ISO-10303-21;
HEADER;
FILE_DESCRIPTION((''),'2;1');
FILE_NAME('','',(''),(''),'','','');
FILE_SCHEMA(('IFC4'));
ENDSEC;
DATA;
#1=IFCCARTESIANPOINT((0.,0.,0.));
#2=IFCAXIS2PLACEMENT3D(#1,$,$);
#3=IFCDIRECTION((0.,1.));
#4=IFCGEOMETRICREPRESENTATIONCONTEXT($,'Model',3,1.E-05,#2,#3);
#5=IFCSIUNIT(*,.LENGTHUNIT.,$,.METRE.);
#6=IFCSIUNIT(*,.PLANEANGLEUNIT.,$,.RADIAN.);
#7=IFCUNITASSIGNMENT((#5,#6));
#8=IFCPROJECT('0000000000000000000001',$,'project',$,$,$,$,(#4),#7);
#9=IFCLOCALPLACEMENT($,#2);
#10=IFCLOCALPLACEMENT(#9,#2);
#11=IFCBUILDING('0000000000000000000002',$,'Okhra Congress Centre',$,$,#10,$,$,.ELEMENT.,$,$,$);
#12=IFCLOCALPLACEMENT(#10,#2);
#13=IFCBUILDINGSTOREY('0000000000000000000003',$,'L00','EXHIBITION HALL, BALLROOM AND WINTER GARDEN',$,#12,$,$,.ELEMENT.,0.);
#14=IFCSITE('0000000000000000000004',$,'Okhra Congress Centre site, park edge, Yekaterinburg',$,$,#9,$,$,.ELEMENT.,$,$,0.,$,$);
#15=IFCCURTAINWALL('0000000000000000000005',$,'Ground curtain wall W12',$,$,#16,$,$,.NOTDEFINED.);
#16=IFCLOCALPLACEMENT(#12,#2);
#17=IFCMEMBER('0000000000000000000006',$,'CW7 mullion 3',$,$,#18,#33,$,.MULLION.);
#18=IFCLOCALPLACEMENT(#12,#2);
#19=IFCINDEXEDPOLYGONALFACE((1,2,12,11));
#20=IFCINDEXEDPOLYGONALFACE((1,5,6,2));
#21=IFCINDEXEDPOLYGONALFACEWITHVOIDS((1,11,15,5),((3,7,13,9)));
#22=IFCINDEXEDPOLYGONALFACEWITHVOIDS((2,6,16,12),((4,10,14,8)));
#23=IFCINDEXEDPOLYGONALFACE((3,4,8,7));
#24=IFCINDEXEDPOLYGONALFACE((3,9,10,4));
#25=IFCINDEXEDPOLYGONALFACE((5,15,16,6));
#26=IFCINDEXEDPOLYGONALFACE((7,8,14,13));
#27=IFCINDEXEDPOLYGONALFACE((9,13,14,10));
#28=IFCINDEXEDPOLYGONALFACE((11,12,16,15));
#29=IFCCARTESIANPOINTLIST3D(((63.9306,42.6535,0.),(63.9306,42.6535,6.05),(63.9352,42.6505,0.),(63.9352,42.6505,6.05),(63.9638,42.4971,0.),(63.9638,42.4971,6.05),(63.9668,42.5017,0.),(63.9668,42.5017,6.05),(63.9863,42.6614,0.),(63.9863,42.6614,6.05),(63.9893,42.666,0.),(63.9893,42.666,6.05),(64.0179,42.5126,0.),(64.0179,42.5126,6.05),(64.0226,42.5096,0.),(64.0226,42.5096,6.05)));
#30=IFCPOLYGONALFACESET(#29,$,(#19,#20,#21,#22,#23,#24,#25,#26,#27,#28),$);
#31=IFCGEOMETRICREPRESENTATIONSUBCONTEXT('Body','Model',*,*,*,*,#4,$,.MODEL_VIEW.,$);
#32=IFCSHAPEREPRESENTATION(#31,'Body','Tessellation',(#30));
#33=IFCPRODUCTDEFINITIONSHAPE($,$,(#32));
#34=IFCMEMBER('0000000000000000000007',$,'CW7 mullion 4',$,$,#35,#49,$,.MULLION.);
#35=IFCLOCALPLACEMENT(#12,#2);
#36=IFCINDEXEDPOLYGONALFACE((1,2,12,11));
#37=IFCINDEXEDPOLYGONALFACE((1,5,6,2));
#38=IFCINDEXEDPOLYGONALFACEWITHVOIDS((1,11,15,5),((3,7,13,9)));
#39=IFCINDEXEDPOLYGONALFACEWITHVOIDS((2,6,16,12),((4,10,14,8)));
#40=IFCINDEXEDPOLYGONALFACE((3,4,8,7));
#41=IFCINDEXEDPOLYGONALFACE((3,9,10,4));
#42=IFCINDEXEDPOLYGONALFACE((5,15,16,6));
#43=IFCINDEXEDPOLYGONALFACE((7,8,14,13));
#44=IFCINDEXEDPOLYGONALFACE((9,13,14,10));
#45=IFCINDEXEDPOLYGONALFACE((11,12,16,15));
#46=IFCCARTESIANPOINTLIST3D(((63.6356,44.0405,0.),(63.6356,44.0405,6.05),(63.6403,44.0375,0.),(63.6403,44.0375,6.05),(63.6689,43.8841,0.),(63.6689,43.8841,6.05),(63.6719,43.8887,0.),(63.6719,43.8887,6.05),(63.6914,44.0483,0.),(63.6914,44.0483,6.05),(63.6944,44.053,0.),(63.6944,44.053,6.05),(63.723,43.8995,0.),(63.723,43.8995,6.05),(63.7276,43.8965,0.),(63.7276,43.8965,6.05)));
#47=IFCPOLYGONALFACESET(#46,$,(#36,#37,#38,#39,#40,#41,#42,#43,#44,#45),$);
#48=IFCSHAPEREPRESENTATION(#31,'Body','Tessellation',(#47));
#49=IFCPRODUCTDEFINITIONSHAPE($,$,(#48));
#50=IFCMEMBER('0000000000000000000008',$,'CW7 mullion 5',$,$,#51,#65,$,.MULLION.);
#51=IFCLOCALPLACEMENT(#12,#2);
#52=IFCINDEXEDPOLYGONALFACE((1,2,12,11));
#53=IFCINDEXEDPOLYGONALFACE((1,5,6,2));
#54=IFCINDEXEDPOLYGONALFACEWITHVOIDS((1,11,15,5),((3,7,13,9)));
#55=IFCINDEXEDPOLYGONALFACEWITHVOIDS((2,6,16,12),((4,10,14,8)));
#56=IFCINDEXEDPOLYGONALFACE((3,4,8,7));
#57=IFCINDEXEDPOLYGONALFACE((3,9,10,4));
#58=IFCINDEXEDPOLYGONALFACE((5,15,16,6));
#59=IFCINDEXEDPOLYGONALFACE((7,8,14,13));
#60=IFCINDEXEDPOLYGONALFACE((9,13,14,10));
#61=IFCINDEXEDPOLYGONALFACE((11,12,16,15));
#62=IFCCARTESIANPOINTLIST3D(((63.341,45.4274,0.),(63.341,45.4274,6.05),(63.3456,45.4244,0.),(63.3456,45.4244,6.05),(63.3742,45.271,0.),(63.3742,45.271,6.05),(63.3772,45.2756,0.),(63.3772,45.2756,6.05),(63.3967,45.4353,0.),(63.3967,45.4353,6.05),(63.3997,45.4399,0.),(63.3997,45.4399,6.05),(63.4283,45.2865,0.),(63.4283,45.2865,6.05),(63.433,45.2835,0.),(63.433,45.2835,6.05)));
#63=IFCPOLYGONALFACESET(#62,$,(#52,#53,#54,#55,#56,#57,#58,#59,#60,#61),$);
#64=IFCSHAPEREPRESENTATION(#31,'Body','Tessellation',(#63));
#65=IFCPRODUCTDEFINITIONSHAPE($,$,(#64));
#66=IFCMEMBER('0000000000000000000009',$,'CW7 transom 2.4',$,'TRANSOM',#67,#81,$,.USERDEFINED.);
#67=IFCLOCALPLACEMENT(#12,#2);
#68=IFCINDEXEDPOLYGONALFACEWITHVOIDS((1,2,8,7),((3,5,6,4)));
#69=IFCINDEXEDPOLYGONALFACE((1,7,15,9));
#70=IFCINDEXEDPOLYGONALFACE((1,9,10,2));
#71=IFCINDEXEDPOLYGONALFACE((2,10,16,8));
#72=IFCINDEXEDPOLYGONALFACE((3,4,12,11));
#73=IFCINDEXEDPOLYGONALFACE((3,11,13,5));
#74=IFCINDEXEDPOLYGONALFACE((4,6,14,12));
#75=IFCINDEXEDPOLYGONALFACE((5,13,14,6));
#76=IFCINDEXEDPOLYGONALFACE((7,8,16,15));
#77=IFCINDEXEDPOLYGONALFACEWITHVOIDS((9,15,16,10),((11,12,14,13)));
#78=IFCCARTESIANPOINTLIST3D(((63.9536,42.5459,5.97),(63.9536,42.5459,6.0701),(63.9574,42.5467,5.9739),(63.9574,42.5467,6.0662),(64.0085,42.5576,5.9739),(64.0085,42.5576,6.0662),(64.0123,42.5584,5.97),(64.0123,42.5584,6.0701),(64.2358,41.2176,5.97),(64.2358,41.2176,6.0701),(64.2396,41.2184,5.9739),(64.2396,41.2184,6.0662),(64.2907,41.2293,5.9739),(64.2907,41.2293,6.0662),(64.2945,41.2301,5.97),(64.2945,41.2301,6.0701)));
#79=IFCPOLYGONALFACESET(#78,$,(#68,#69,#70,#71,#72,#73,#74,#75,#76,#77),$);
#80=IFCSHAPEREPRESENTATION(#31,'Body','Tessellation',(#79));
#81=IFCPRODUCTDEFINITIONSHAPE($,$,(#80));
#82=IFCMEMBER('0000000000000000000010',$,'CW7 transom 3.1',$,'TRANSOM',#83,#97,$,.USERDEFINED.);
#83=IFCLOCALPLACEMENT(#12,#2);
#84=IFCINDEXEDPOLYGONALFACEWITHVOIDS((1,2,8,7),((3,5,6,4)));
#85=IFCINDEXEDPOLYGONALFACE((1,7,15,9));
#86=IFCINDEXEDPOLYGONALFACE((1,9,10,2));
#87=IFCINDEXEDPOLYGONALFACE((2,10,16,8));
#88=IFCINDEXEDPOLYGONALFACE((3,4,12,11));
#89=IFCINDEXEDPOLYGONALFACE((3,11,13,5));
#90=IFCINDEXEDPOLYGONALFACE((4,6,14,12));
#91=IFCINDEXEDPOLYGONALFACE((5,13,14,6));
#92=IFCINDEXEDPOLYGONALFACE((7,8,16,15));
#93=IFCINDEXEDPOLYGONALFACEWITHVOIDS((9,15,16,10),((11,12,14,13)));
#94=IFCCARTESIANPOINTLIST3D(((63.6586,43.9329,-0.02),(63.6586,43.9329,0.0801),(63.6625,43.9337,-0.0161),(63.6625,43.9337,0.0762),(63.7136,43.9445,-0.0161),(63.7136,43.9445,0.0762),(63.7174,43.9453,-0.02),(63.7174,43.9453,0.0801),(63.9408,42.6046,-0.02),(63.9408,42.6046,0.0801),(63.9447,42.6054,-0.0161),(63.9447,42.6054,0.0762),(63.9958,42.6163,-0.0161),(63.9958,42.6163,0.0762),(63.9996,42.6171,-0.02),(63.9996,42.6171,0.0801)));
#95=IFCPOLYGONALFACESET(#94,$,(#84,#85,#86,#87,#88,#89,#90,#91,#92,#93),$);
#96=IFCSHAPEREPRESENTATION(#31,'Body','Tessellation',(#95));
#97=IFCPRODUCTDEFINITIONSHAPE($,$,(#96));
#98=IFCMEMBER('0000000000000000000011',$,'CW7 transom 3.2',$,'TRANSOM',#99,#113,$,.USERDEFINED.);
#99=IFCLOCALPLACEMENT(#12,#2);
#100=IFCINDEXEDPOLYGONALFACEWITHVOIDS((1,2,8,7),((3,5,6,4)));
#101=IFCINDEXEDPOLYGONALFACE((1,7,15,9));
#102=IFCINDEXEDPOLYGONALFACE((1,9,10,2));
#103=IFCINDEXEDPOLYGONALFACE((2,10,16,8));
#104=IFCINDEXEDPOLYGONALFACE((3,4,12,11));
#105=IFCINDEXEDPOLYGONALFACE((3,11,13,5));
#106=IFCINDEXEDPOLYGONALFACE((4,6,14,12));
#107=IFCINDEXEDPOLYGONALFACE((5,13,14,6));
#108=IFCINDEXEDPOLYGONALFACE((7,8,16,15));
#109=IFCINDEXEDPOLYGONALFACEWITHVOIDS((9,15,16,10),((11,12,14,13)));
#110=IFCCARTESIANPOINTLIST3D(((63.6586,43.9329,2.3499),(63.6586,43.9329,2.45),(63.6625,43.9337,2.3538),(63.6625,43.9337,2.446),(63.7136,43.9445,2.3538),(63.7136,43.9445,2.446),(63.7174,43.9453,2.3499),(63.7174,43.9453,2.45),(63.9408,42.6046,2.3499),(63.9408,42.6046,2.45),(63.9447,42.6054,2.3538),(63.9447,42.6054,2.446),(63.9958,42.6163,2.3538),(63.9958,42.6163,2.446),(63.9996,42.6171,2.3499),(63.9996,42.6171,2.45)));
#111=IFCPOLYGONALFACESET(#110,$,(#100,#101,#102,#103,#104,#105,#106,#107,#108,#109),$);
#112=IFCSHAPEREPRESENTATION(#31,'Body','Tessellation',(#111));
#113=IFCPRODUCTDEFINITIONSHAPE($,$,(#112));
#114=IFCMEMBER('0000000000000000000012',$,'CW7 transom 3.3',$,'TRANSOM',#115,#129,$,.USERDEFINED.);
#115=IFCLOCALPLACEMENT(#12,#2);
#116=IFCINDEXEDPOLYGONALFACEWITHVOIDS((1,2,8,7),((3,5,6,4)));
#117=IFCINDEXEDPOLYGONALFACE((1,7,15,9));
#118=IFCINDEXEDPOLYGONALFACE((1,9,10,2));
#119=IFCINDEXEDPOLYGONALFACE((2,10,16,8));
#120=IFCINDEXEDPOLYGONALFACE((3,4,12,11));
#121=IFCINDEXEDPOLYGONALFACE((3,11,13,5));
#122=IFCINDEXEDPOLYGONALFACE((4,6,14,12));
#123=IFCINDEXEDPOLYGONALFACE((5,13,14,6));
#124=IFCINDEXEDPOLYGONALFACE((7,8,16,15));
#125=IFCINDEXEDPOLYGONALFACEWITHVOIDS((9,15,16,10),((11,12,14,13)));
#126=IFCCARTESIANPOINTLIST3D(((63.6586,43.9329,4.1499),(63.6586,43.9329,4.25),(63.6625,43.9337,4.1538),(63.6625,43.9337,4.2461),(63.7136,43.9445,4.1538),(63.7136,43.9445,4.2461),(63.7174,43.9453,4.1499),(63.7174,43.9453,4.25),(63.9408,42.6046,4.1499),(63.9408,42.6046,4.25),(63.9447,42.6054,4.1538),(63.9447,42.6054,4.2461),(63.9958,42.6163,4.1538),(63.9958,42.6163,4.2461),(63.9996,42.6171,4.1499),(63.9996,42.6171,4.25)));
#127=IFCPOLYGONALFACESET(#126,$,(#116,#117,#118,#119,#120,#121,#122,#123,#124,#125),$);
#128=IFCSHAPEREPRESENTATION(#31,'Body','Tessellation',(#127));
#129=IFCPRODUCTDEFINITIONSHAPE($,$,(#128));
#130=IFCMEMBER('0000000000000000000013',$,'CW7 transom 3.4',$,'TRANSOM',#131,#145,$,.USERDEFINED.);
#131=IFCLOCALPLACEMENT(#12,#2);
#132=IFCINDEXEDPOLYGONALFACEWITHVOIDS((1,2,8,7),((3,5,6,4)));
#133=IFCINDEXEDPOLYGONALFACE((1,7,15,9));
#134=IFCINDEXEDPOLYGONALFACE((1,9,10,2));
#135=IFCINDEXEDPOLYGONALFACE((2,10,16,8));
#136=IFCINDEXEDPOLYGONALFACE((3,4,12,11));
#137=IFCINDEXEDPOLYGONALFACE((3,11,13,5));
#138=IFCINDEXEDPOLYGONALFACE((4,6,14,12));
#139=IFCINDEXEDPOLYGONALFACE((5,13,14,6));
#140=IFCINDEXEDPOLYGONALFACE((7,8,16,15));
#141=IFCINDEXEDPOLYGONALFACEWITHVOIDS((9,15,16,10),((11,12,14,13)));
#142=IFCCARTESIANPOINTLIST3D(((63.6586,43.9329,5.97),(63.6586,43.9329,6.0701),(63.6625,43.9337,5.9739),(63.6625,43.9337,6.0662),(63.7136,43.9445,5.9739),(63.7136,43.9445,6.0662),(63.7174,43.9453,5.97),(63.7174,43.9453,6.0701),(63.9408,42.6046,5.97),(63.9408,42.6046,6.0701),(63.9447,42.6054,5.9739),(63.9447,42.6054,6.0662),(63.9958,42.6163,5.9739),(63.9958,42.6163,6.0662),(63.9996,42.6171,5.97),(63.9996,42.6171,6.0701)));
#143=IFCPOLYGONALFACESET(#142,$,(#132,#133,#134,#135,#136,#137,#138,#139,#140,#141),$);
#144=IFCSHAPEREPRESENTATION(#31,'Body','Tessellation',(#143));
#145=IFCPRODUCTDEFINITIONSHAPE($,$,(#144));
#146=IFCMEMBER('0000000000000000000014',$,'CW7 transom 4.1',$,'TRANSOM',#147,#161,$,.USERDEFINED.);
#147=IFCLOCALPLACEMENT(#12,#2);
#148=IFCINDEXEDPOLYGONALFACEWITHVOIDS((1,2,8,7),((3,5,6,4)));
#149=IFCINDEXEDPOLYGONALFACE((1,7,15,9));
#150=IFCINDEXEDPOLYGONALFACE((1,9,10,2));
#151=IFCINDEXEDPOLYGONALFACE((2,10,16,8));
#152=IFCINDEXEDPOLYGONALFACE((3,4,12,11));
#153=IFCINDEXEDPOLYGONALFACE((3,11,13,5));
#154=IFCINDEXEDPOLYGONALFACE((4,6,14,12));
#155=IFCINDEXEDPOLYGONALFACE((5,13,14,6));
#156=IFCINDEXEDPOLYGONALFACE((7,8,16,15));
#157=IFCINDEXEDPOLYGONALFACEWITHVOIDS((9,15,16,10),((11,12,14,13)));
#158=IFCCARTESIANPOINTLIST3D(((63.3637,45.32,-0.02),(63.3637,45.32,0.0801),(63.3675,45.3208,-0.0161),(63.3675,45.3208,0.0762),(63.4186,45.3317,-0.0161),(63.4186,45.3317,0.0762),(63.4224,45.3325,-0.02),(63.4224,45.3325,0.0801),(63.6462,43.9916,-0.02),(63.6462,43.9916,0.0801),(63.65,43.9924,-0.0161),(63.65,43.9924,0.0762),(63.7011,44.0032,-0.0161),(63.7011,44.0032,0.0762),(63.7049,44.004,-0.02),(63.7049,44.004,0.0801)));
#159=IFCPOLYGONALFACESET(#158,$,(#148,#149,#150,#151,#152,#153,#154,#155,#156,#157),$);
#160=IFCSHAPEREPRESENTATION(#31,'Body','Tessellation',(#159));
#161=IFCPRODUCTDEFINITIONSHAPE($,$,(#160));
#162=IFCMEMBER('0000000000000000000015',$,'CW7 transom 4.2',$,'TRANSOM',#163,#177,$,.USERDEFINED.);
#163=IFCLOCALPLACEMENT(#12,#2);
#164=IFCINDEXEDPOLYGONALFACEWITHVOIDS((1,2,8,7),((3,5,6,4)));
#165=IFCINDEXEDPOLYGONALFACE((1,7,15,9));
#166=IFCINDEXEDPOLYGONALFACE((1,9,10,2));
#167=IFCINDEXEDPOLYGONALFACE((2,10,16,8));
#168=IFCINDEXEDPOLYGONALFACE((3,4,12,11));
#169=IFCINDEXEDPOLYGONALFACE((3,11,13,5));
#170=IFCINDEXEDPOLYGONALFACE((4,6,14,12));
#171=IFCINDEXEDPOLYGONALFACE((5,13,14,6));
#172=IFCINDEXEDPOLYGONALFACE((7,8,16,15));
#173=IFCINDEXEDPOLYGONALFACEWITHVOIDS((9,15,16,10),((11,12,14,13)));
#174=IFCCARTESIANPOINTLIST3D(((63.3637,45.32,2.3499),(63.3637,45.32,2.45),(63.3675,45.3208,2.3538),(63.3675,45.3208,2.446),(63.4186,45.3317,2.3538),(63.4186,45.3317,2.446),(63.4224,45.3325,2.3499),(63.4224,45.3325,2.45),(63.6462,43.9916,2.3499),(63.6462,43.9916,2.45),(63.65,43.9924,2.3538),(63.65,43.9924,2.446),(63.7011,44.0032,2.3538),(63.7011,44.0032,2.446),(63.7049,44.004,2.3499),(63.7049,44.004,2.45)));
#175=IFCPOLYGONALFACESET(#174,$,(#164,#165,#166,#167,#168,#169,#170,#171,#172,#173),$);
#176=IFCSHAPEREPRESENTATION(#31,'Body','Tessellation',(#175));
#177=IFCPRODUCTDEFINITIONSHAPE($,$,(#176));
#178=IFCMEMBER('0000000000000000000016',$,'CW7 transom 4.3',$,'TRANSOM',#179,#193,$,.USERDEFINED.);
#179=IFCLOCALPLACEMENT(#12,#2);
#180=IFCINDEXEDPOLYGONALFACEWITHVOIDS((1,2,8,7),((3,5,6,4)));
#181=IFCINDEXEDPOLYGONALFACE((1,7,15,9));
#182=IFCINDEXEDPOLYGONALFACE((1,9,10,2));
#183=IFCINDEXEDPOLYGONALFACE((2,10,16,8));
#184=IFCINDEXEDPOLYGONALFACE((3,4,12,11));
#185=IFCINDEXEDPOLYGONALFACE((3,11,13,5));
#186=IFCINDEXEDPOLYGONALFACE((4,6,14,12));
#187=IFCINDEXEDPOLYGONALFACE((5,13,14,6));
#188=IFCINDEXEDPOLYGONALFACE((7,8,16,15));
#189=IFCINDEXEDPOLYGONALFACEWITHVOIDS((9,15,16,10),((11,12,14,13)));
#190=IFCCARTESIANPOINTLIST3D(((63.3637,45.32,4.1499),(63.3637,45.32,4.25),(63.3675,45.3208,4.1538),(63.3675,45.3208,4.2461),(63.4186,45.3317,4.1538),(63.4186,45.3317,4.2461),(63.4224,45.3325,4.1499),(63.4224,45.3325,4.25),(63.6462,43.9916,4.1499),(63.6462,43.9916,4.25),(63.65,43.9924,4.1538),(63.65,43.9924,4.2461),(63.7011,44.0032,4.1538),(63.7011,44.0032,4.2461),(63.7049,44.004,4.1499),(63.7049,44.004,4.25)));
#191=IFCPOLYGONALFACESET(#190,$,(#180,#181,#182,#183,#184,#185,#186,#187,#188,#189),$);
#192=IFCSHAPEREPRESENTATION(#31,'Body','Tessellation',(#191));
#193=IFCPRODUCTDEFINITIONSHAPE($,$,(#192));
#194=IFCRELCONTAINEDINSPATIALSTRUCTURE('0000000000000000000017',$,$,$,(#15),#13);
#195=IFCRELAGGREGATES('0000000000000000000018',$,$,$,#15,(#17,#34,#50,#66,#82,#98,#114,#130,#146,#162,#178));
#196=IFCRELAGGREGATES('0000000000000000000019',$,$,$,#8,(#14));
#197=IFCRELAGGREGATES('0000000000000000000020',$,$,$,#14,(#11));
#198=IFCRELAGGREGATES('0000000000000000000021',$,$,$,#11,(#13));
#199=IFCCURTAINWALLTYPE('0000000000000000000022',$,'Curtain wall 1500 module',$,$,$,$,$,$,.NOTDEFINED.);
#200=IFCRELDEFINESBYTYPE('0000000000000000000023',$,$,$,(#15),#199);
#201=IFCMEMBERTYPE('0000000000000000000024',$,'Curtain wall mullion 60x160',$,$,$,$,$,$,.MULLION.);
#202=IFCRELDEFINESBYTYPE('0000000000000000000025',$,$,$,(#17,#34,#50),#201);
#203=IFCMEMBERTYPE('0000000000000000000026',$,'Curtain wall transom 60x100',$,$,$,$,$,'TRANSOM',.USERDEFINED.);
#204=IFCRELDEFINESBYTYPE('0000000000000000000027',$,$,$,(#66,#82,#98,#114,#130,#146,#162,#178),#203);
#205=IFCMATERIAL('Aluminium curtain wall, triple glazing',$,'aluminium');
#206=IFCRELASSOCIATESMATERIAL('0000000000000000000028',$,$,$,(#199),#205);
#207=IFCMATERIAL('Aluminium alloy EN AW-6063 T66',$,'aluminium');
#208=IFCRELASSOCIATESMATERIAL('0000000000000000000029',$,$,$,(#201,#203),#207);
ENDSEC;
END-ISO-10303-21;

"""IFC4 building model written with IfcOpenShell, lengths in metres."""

from ifc_helpers import new_model, si_unit, direction, frame, origin, origin_2d, place, context, subcontext, project, spatial, hollow_rectangle, extrude, material, material_profile, profile_set, type_object, element, aggregate, save


model = new_model("IFC4")

# Units and contexts
model_context = context("Model", 3, precision=1e-05, world=origin(), true_north=direction((0.0, 1.0)))
body_context = subcontext(model_context, "Body", "Model", "MODEL_VIEW")
ifc_project = project(units=[si_unit("LENGTHUNIT", "METRE"), si_unit("PLANEANGLEUNIT", "RADIAN")], contexts=[model_context])

# Site, building, storey
site_placement = place(None, origin())
site = spatial("IfcSite", under=ifc_project, at=site_placement, Name="Okhra Congress Centre site, park edge, Yekaterinburg", CompositionType="ELEMENT", RefElevation=0.0)
building_placement = place(site_placement, origin())
building = spatial("IfcBuilding", under=site, at=building_placement, Name="Okhra Congress Centre", CompositionType="ELEMENT")
storey_placement = place(building_placement, origin())
storey = spatial("IfcBuildingStorey", under=building, at=storey_placement, Name="L00", Description="EXHIBITION HALL, BALLROOM AND WINTER GARDEN", CompositionType="ELEMENT", Elevation=0.0)

# Curtain wall, members
ifc_material_1 = material(Name="Aluminium curtain wall, triple glazing", Category="aluminium")
curtain_wall_type = type_object("IfcCurtainWallType", Name="Curtain wall 1500 module", PredefinedType="NOTDEFINED", material=ifc_material_1)
curtain_wall_placement = place(storey_placement, origin())
curtain_wall = element("IfcCurtainWall", 1, at=curtain_wall_placement, inside=storey, type_object=curtain_wall_type, Name="Ground curtain wall W12", PredefinedType="NOTDEFINED")
ifc_material_2 = material(Name="Aluminium alloy EN AW-6063 T66", Category="aluminium")
ifc_material_profile_1 = material_profile(ifc_material_2, hollow_rectangle(XDim=0.0601, YDim=0.1599, WallThickness=0.0039, at=origin_2d()), Name="RHS 60x160x4")
ifc_profile_set_1 = profile_set([ifc_material_profile_1], Name="Aluminium alloy EN AW-6063 T66")
member_type_1 = type_object("IfcMemberType", Name="Curtain wall mullion 60x160", PredefinedType="MULLION", material=ifc_profile_set_1)
member_1_placement = place(storey_placement, frame((63.9766, 42.5815, 0.0), z_axis=(0.0, 0.0, 1.0), x_axis=(-0.978148, -0.207912, 0.0)))
member_1 = element("IfcMember", 2, at=member_1_placement, type_object=member_type_1, Name="CW7 mullion 3", PredefinedType="MULLION", context=body_context, shape_type="SweptSolid", body=[
    extrude(hollow_rectangle(XDim=0.0601, YDim=0.1599, WallThickness=0.0039, at=origin_2d()), origin(), (0.0, 0.0, 1.0), 6.05),
])
member_2_placement = place(storey_placement, frame((63.6816, 43.9685, 0.0), z_axis=(0.0, 0.0, 1.0), x_axis=(-0.978148, -0.207912, 0.0)))
member_2 = element("IfcMember", 3, at=member_2_placement, type_object=member_type_1, Name="CW7 mullion 4", PredefinedType="MULLION", context=body_context, shape_type="SweptSolid", body=[
    extrude(hollow_rectangle(XDim=0.0601, YDim=0.1599, WallThickness=0.0039, at=origin_2d()), origin(), (0.0, 0.0, 1.0), 6.05),
])
member_3_placement = place(storey_placement, frame((63.387, 45.3555, 0.0), z_axis=(0.0, 0.0, 1.0), x_axis=(-0.978148, -0.207912, 0.0)))
member_3 = element("IfcMember", 4, at=member_3_placement, type_object=member_type_1, Name="CW7 mullion 5", PredefinedType="MULLION", context=body_context, shape_type="SweptSolid", body=[
    extrude(hollow_rectangle(XDim=0.0601, YDim=0.1599, WallThickness=0.0039, at=origin_2d()), origin(), (0.0, 0.0, 1.0), 6.05),
])
ifc_material_profile_2 = material_profile(ifc_material_2, hollow_rectangle(XDim=0.0601, YDim=0.1001, WallThickness=0.0039, at=origin_2d()), Name="RHS 60x100x4")
ifc_profile_set_2 = profile_set([ifc_material_profile_2], Name="Aluminium alloy EN AW-6063 T66")
member_type_2 = type_object("IfcMemberType", Name="Curtain wall transom 60x100", ElementType="TRANSOM", PredefinedType="USERDEFINED", material=ifc_profile_set_2)
member_4_placement = place(storey_placement, frame((64.2651, 41.2239, 6.02), z_axis=(-0.207822, 0.978167, 0.0), x_axis=(-0.978167, -0.207822, 0.0)))
member_4 = element("IfcMember", 5, at=member_4_placement, type_object=member_type_2, Name="CW7 transom 2.4", ObjectType="TRANSOM", PredefinedType="USERDEFINED", context=body_context, shape_type="SweptSolid", body=[
    extrude(hollow_rectangle(XDim=0.0601, YDim=0.1001, WallThickness=0.0039, at=origin_2d()), origin(), (0.0, 0.0, 1.0), 1.3579),
])
member_5_placement = place(storey_placement, frame((63.9702, 42.6108, 0.03), z_axis=(-0.207822, 0.978167, 0.0), x_axis=(-0.978167, -0.207822, 0.0)))
member_5 = element("IfcMember", 6, at=member_5_placement, type_object=member_type_2, Name="CW7 transom 3.1", ObjectType="TRANSOM", PredefinedType="USERDEFINED", context=body_context, shape_type="SweptSolid", body=[
    extrude(hollow_rectangle(XDim=0.0601, YDim=0.1001, WallThickness=0.0039, at=origin_2d()), origin(), (0.0, 0.0, 1.0), 1.3579),
])
member_6_placement = place(storey_placement, frame((63.9702, 42.6108, 2.3999), z_axis=(-0.207822, 0.978167, 0.0), x_axis=(-0.978167, -0.207822, 0.0)))
member_6 = element("IfcMember", 7, at=member_6_placement, type_object=member_type_2, Name="CW7 transom 3.2", ObjectType="TRANSOM", PredefinedType="USERDEFINED", context=body_context, shape_type="SweptSolid", body=[
    extrude(hollow_rectangle(XDim=0.0601, YDim=0.1001, WallThickness=0.0039, at=origin_2d()), origin(), (0.0, 0.0, 1.0), 1.3579),
])
member_7_placement = place(storey_placement, frame((63.9702, 42.6108, 4.2), z_axis=(-0.207822, 0.978167, 0.0), x_axis=(-0.978167, -0.207822, 0.0)))
member_7 = element("IfcMember", 8, at=member_7_placement, type_object=member_type_2, Name="CW7 transom 3.3", ObjectType="TRANSOM", PredefinedType="USERDEFINED", context=body_context, shape_type="SweptSolid", body=[
    extrude(hollow_rectangle(XDim=0.0601, YDim=0.1001, WallThickness=0.0039, at=origin_2d()), origin(), (0.0, 0.0, 1.0), 1.3579),
])
member_8_placement = place(storey_placement, frame((63.9702, 42.6108, 6.02), z_axis=(-0.207822, 0.978167, 0.0), x_axis=(-0.978167, -0.207822, 0.0)))
member_8 = element("IfcMember", 9, at=member_8_placement, type_object=member_type_2, Name="CW7 transom 3.4", ObjectType="TRANSOM", PredefinedType="USERDEFINED", context=body_context, shape_type="SweptSolid", body=[
    extrude(hollow_rectangle(XDim=0.0601, YDim=0.1001, WallThickness=0.0039, at=origin_2d()), origin(), (0.0, 0.0, 1.0), 1.3579),
])
member_9_placement = place(storey_placement, frame((63.6755, 43.9978, 0.03), z_axis=(-0.207994, 0.97813, 0.0), x_axis=(-0.97813, -0.207994, 0.0)))
member_9 = element("IfcMember", 10, at=member_9_placement, type_object=member_type_2, Name="CW7 transom 4.1", ObjectType="TRANSOM", PredefinedType="USERDEFINED", context=body_context, shape_type="SweptSolid", body=[
    extrude(hollow_rectangle(XDim=0.0601, YDim=0.1001, WallThickness=0.0039, at=origin_2d()), origin(), (0.0, 0.0, 1.0), 1.3582),
])
member_10_placement = place(storey_placement, frame((63.6755, 43.9978, 2.3999), z_axis=(-0.207994, 0.97813, 0.0), x_axis=(-0.97813, -0.207994, 0.0)))
member_10 = element("IfcMember", 11, at=member_10_placement, type_object=member_type_2, Name="CW7 transom 4.2", ObjectType="TRANSOM", PredefinedType="USERDEFINED", context=body_context, shape_type="SweptSolid", body=[
    extrude(hollow_rectangle(XDim=0.0601, YDim=0.1001, WallThickness=0.0039, at=origin_2d()), origin(), (0.0, 0.0, 1.0), 1.3582),
])
member_11_placement = place(storey_placement, frame((63.6755, 43.9978, 4.2), z_axis=(-0.207994, 0.97813, 0.0), x_axis=(-0.97813, -0.207994, 0.0)))
member_11 = element("IfcMember", 12, at=member_11_placement, type_object=member_type_2, Name="CW7 transom 4.3", ObjectType="TRANSOM", PredefinedType="USERDEFINED", context=body_context, shape_type="SweptSolid", body=[
    extrude(hollow_rectangle(XDim=0.0601, YDim=0.1001, WallThickness=0.0039, at=origin_2d()), origin(), (0.0, 0.0, 1.0), 1.3582),
])
aggregate(curtain_wall, [member_1, member_2, member_3, member_4, member_5, member_6, member_7, member_8, member_9, member_10, member_11])

save(model, "model.ifc")
